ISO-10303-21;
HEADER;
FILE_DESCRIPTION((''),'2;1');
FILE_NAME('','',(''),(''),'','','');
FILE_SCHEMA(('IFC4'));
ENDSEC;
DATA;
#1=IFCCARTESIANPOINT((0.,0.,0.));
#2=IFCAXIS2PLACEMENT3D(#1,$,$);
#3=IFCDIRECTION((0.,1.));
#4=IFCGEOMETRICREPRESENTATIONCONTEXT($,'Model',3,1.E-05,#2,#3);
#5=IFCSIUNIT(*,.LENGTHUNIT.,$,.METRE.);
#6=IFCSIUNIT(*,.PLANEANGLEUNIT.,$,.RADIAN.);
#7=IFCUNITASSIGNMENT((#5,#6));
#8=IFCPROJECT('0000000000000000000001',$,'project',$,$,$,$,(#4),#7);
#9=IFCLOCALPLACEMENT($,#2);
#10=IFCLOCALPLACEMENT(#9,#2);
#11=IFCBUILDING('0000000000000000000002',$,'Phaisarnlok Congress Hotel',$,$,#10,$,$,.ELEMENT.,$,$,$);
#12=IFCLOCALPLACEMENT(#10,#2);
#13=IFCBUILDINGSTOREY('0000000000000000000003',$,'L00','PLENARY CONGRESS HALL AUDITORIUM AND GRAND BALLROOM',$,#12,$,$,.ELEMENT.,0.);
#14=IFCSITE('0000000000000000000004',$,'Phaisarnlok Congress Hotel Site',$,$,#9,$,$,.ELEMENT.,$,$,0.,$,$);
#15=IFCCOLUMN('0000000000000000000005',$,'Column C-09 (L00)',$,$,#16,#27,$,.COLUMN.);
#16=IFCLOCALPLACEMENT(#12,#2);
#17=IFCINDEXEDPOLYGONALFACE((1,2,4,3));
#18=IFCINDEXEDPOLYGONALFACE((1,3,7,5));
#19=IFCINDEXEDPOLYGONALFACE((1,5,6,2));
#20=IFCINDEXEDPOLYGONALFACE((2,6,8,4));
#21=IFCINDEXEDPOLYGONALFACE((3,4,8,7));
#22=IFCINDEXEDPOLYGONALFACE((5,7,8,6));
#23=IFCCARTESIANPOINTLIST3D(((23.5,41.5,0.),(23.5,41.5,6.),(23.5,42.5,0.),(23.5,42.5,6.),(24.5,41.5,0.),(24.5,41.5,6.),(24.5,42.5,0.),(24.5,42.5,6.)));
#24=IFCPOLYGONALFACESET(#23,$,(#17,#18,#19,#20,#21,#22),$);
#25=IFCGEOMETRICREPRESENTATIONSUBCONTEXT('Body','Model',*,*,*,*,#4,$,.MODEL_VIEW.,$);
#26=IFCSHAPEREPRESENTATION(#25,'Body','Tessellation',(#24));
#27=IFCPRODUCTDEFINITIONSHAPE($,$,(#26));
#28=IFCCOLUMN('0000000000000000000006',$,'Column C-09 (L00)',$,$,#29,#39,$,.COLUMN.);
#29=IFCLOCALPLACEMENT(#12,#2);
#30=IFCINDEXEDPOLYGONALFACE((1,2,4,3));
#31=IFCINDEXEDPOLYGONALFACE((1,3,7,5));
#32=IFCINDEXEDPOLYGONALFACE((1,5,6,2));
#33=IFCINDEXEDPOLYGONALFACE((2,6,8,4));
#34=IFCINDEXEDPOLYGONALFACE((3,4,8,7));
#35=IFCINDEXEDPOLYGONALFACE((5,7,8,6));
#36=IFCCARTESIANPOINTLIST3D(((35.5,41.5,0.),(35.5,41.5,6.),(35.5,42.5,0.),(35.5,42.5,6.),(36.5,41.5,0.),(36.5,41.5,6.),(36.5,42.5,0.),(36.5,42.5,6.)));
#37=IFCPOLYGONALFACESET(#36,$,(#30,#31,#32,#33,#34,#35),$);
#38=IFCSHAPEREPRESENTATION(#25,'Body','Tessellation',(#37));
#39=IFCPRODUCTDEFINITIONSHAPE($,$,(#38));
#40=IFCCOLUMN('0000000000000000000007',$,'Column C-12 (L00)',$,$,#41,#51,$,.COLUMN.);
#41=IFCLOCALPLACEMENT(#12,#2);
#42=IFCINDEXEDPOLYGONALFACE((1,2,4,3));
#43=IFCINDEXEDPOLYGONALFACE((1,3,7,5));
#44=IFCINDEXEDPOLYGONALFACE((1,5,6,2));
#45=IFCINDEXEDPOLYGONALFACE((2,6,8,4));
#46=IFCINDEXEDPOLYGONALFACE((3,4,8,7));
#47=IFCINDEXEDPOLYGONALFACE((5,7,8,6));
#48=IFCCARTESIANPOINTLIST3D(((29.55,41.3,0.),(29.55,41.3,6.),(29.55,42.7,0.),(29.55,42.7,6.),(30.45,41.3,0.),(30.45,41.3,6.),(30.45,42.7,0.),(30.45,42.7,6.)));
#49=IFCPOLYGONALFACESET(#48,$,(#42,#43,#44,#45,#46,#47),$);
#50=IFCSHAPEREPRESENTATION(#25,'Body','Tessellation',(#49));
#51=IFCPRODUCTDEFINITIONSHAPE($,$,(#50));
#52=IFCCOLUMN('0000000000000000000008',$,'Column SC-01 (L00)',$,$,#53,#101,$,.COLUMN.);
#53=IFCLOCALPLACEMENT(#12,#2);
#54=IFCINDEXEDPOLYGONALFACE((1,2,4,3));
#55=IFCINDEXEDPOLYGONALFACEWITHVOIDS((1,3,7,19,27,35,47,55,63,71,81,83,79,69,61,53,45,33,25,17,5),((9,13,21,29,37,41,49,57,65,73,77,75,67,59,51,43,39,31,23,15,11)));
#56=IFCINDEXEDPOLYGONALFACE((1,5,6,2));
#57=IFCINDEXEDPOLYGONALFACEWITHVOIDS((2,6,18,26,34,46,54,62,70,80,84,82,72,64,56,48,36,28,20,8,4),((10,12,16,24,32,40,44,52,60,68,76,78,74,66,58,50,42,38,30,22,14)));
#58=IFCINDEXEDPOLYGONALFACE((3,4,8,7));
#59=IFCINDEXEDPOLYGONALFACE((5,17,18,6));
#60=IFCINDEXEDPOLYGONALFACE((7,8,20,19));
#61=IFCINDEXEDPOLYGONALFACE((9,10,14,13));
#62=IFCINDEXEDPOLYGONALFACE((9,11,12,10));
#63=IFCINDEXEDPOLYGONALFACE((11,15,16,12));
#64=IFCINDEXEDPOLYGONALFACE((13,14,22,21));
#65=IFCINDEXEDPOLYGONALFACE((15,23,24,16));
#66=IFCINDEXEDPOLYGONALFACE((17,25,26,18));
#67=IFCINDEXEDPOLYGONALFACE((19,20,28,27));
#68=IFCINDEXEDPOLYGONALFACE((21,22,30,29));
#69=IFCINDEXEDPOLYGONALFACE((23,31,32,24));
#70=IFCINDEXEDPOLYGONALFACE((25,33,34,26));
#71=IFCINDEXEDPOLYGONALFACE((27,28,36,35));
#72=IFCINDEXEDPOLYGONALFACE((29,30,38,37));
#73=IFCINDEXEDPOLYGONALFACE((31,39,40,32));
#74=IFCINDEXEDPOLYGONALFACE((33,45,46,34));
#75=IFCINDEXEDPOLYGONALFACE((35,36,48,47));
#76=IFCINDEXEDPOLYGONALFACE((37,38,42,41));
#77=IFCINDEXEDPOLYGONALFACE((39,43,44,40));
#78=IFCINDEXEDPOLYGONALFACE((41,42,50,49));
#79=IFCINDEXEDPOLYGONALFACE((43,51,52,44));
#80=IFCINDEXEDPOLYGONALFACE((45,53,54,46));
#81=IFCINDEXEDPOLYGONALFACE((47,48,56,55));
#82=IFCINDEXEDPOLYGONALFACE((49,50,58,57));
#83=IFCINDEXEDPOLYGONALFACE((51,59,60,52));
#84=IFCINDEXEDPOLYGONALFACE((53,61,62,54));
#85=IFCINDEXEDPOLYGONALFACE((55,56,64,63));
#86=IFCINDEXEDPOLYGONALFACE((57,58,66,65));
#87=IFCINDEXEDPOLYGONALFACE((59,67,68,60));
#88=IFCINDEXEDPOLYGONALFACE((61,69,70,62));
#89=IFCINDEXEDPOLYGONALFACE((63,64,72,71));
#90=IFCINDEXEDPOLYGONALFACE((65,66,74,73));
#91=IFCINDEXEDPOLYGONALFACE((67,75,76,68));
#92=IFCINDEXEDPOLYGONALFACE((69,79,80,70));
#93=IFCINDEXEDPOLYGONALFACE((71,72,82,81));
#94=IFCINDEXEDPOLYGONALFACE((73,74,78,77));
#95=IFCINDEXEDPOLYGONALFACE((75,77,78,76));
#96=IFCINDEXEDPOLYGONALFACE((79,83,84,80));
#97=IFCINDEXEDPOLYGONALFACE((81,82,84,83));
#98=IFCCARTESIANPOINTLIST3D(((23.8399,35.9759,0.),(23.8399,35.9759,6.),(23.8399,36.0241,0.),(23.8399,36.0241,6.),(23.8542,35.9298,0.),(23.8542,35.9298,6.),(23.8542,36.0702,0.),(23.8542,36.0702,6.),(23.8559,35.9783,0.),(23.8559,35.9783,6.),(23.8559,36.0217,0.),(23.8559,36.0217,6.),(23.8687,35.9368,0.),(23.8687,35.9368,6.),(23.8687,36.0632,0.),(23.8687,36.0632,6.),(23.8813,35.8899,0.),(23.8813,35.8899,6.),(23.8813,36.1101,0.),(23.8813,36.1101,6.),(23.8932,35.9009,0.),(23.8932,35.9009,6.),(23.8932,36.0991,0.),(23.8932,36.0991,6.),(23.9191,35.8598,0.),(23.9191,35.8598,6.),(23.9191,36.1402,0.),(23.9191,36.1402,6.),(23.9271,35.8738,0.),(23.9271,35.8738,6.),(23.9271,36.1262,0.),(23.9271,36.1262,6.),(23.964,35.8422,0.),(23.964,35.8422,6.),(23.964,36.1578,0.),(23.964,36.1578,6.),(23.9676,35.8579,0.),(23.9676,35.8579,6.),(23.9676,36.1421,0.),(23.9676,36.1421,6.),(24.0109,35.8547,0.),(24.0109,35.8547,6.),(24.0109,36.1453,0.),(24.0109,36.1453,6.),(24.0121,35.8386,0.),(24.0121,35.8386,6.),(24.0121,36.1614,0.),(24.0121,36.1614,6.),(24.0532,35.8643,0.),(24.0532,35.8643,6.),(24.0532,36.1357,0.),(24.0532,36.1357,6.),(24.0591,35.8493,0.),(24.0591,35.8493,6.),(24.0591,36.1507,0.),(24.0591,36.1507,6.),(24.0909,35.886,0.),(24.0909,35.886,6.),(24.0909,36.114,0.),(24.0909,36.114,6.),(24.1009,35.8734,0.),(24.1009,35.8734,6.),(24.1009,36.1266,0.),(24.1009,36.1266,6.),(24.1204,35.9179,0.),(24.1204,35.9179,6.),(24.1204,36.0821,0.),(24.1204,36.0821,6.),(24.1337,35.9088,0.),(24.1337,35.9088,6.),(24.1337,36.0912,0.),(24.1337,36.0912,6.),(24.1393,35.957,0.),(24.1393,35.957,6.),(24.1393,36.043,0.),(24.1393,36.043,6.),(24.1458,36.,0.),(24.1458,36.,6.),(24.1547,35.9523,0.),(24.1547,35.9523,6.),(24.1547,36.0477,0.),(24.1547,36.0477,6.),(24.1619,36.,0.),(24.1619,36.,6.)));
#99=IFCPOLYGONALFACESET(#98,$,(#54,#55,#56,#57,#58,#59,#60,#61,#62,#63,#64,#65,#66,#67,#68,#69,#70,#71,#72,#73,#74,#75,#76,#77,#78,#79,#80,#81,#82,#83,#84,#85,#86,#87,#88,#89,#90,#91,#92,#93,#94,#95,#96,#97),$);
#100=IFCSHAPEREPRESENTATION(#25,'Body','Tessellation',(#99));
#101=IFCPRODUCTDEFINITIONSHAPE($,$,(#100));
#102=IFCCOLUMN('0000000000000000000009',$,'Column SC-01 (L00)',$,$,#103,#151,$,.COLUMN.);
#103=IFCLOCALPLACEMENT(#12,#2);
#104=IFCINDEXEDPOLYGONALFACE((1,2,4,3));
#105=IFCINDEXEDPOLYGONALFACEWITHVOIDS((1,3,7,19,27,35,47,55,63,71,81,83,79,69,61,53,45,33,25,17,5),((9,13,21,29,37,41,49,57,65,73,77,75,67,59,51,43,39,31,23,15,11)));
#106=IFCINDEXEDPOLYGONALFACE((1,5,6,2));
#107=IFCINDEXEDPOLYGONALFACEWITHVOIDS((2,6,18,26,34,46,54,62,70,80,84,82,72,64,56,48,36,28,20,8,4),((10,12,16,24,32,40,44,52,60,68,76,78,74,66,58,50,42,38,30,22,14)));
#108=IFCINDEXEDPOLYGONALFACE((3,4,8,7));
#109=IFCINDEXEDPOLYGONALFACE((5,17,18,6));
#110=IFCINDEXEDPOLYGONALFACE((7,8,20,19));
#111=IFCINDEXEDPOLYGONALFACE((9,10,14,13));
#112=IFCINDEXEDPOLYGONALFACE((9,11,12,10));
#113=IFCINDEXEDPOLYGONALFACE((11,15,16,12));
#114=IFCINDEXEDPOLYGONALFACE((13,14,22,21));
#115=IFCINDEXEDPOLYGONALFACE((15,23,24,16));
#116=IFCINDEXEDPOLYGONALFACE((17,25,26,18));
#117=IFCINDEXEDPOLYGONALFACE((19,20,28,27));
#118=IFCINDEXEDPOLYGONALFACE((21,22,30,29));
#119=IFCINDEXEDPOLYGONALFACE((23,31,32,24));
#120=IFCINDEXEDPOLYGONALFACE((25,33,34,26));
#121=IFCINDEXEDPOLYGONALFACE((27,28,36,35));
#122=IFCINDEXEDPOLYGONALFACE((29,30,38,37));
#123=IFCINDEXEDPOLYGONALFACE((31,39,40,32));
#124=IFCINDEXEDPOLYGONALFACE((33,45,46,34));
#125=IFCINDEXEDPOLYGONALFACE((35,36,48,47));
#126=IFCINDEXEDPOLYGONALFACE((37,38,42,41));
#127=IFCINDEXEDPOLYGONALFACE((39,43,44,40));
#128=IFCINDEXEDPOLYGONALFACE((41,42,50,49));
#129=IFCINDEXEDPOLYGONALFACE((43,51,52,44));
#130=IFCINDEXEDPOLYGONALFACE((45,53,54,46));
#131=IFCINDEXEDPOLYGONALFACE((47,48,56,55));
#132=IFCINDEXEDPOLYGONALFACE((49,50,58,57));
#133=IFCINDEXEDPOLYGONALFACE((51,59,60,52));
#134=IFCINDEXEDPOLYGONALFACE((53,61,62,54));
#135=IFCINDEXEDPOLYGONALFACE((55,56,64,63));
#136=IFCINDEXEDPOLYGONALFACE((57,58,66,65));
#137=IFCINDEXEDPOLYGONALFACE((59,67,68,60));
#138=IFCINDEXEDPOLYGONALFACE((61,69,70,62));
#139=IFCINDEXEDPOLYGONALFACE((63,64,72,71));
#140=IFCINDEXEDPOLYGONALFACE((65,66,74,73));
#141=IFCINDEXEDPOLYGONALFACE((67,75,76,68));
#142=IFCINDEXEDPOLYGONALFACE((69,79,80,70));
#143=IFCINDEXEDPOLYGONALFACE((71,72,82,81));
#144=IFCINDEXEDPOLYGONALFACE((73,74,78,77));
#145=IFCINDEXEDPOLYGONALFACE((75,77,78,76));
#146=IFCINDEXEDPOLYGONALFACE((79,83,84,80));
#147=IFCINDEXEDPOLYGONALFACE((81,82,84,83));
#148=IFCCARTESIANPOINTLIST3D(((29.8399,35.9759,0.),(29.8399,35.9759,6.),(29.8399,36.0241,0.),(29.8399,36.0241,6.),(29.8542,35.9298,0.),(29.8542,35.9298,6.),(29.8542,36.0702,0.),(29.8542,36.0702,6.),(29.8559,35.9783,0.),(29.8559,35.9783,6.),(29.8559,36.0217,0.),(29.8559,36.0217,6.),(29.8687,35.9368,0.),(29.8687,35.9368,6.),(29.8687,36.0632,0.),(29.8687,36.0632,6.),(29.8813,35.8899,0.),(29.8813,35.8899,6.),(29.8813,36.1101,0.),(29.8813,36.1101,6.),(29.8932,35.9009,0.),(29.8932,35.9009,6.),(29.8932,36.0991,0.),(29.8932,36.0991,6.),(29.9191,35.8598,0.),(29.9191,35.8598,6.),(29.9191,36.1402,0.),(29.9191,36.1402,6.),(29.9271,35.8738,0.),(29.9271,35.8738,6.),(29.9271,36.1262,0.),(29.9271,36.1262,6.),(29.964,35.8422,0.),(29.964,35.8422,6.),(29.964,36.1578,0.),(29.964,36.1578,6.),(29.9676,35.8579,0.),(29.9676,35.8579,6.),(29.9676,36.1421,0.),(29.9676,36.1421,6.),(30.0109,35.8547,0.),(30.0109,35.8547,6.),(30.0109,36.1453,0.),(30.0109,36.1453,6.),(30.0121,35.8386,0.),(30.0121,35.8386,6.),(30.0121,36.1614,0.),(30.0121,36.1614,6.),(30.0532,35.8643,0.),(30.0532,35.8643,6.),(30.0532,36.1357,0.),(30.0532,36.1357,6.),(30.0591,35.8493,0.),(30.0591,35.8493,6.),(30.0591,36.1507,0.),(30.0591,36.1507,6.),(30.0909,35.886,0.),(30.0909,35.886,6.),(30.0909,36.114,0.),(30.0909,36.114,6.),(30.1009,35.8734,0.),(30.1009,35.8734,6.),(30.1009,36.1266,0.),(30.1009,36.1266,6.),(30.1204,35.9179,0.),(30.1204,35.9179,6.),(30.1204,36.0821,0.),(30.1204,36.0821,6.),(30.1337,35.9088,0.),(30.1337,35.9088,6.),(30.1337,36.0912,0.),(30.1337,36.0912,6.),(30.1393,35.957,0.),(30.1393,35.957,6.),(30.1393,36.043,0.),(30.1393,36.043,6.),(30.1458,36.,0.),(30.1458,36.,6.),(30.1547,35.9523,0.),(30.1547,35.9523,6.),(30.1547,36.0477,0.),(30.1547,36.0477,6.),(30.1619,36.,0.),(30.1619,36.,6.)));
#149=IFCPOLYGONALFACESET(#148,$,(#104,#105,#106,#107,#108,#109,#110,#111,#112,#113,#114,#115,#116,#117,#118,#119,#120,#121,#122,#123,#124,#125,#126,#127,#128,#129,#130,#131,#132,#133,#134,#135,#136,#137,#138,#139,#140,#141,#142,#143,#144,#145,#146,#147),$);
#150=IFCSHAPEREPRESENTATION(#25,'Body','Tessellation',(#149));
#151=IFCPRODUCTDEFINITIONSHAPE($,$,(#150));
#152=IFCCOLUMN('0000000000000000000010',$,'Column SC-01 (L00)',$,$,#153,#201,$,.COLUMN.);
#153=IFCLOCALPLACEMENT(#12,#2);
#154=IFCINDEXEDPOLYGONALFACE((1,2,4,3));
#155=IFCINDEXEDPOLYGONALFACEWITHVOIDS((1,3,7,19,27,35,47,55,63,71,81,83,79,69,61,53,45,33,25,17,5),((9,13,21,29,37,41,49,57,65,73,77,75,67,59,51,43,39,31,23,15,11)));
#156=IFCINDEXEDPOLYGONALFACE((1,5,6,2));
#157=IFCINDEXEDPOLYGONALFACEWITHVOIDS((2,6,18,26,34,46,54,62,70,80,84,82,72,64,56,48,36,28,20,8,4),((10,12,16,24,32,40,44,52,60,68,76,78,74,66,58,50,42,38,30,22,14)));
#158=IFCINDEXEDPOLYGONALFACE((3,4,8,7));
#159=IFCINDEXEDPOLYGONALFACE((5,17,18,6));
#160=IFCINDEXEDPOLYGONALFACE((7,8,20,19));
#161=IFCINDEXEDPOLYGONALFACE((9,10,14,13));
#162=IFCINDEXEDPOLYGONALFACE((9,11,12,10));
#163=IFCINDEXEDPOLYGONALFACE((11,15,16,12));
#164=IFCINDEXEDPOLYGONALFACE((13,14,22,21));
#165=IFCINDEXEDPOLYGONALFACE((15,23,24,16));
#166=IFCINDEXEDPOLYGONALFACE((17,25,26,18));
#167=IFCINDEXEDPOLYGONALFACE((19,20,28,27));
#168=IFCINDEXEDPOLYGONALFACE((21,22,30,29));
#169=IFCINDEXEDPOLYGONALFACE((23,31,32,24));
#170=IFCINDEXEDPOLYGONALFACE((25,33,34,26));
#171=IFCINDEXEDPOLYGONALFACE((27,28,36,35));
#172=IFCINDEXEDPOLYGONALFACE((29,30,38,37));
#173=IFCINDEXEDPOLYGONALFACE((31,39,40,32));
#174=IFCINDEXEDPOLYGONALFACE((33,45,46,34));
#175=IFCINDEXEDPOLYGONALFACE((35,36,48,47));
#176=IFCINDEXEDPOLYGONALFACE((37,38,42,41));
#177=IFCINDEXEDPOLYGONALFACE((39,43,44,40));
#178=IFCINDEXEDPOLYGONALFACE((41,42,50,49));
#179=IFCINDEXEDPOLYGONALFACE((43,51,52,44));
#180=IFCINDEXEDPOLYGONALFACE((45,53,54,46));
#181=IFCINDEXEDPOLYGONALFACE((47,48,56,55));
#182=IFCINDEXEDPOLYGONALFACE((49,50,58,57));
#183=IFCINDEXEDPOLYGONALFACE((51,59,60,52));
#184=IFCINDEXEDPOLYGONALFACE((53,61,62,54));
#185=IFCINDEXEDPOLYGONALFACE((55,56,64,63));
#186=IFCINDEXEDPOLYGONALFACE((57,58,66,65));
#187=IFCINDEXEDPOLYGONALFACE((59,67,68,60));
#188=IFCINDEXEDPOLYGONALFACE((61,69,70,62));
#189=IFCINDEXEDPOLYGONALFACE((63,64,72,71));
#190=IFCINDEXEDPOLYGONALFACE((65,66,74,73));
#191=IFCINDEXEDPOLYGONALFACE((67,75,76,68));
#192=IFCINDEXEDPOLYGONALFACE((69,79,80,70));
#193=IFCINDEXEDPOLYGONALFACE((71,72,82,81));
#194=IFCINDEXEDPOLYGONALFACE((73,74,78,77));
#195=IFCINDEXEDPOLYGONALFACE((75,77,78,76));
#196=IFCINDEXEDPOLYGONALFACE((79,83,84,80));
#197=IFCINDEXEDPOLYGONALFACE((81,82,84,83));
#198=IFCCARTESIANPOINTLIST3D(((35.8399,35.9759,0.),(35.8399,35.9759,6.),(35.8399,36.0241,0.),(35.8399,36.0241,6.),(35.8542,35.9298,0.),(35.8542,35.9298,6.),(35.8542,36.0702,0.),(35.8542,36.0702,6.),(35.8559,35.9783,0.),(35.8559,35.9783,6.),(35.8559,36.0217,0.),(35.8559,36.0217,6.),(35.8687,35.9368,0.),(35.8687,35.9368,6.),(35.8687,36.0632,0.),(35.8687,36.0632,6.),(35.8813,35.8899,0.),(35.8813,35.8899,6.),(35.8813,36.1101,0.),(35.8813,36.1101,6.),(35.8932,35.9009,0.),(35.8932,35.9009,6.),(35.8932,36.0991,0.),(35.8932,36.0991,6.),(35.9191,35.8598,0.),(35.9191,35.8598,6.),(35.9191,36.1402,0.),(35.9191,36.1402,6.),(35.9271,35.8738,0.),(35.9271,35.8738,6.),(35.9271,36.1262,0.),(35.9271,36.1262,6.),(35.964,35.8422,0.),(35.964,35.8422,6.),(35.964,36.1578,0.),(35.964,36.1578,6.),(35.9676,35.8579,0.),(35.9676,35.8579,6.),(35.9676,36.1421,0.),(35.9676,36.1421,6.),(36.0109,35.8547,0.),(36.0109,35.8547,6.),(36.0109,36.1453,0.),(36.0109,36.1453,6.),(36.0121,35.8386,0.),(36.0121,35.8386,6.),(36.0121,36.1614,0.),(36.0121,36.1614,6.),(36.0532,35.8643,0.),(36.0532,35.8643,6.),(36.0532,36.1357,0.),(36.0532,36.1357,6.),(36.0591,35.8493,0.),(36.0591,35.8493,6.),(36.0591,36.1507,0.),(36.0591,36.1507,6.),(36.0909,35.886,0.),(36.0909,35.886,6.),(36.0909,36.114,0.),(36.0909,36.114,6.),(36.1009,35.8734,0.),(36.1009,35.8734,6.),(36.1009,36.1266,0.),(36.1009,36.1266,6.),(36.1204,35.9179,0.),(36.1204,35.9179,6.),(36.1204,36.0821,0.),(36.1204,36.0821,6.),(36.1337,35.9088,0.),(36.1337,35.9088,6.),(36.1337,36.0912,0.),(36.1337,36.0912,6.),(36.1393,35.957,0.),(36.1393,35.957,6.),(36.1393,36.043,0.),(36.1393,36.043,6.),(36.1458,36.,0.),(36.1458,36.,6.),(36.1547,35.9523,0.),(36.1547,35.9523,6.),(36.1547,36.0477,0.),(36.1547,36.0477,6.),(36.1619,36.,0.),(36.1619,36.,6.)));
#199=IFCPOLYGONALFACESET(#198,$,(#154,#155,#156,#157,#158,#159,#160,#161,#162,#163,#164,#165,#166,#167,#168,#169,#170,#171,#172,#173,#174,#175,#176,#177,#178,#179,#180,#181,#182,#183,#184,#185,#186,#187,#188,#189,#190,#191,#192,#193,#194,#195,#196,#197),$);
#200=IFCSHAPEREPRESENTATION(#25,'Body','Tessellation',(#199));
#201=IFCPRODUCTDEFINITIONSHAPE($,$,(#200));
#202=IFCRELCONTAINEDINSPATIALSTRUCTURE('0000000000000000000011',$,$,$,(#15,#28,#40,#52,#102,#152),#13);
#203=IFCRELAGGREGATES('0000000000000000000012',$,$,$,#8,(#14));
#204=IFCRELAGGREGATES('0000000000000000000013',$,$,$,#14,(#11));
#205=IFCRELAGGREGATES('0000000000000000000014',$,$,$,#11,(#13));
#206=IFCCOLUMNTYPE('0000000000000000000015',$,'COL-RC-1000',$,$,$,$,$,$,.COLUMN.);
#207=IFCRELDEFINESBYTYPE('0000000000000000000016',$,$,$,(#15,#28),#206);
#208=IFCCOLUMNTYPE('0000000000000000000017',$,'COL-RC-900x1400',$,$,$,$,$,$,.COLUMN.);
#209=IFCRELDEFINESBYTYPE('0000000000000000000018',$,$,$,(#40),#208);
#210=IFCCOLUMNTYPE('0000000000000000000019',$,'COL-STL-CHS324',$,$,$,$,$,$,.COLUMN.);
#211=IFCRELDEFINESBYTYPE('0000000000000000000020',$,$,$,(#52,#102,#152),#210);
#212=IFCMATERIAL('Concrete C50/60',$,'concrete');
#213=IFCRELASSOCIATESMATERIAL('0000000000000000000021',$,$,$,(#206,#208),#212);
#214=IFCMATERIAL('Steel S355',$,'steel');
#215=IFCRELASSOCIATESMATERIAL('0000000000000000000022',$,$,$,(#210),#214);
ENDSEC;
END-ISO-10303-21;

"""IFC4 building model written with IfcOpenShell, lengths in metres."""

from ifc_helpers import new_model, si_unit, direction, frame, origin, origin_2d, place, context, subcontext, project, spatial, rectangle, hollow_circle, extrude, material, material_profile, profile_set, type_object, element, save


model = new_model("IFC4")

# Units and contexts
model_context = context("Model", 3, precision=1e-05, world=origin(), true_north=direction((0.0, 1.0)))
body_context = subcontext(model_context, "Body", "Model", "MODEL_VIEW")
ifc_project = project(units=[si_unit("LENGTHUNIT", "METRE"), si_unit("PLANEANGLEUNIT", "RADIAN")], contexts=[model_context])

# Site, building, storey
site_placement = place(None, origin())
site = spatial("IfcSite", under=ifc_project, at=site_placement, Name="Phaisarnlok Congress Hotel Site", CompositionType="ELEMENT", RefElevation=0.0)
building_placement = place(site_placement, origin())
building = spatial("IfcBuilding", under=site, at=building_placement, Name="Phaisarnlok Congress Hotel", CompositionType="ELEMENT")
storey_placement = place(building_placement, origin())
storey = spatial("IfcBuildingStorey", under=building, at=storey_placement, Name="L00", Description="PLENARY CONGRESS HALL AUDITORIUM AND GRAND BALLROOM", CompositionType="ELEMENT", Elevation=0.0)

# Columns
ifc_material_1 = material(Name="Concrete C50/60", Category="concrete")
ifc_material_profile_1 = material_profile(ifc_material_1, rectangle(XDim=1.0, YDim=1.0, at=origin_2d()), Name="RC 1000x1000")
ifc_profile_set_1 = profile_set([ifc_material_profile_1], Name="Concrete C50/60")
column_type_1 = type_object("IfcColumnType", Name="COL-RC-1000", PredefinedType="COLUMN", material=ifc_profile_set_1)
for number, where, z_axis, x_axis, name in (
    (1, (24.0, 42.0, 0.0), (0.0, 0.0, 1.0), (1.0, 0.0, 0.0), "Column C-09 (L00)"),
    (2, (36.0, 42.0, 0.0), (0.0, 0.0, 1.0), (1.0, 0.0, 0.0), "Column C-09 (L00)"),
):
    element("IfcColumn", number, at=place(storey_placement, frame(where, z_axis=z_axis, x_axis=x_axis)), inside=storey, type_object=column_type_1, Name=name, PredefinedType="COLUMN", context=body_context, shape_type="SweptSolid", body=[
        extrude(rectangle(XDim=1.0, YDim=1.0, at=origin_2d()), origin(), (0.0, 0.0, 1.0), 6.0),
    ])
ifc_material_profile_2 = material_profile(ifc_material_1, rectangle(XDim=0.8999, YDim=1.3999, at=origin_2d()), Name="RC 900x1400")
ifc_profile_set_2 = profile_set([ifc_material_profile_2], Name="Concrete C50/60")
column_type_2 = type_object("IfcColumnType", Name="COL-RC-900x1400", PredefinedType="COLUMN", material=ifc_profile_set_2)
column_placement = place(storey_placement, frame((30.0, 42.0, 0.0), z_axis=(0.0, 0.0, 1.0), x_axis=(1.0, 0.0, 0.0)))
element("IfcColumn", 3, at=column_placement, inside=storey, type_object=column_type_2, Name="Column C-12 (L00)", PredefinedType="COLUMN", context=body_context, shape_type="SweptSolid", body=[
    extrude(rectangle(XDim=0.8999, YDim=1.3999, at=origin_2d()), origin(), (0.0, 0.0, 1.0), 6.0),
])
ifc_material_2 = material(Name="Steel S355", Category="steel")
ifc_material_profile_3 = material_profile(ifc_material_2, hollow_circle(Radius=0.1619, WallThickness=0.0161, at=origin_2d()), Name="CHS 323.9x16")
ifc_profile_set_3 = profile_set([ifc_material_profile_3], Name="Steel S355")
column_type_3 = type_object("IfcColumnType", Name="COL-STL-CHS324", PredefinedType="COLUMN", material=ifc_profile_set_3)
for number, where, z_axis, x_axis, name in (
    (4, (24.0, 36.0, 0.0), (0.0, 0.0, 1.0), (1.0, 0.0, 0.0), "Column SC-01 (L00)"),
    (5, (30.0, 36.0, 0.0), (0.0, 0.0, 1.0), (1.0, 0.0, 0.0), "Column SC-01 (L00)"),
    (6, (36.0, 36.0, 0.0), (0.0, 0.0, 1.0), (1.0, 0.0, 0.0), "Column SC-01 (L00)"),
):
    element("IfcColumn", number, at=place(storey_placement, frame(where, z_axis=z_axis, x_axis=x_axis)), inside=storey, type_object=column_type_3, Name=name, PredefinedType="COLUMN", context=body_context, shape_type="SweptSolid", body=[
        extrude(hollow_circle(Radius=0.1619, WallThickness=0.0161, at=origin_2d()), origin(), (0.0, 0.0, 1.0), 6.0),
    ])

save(model, "model.ifc")
